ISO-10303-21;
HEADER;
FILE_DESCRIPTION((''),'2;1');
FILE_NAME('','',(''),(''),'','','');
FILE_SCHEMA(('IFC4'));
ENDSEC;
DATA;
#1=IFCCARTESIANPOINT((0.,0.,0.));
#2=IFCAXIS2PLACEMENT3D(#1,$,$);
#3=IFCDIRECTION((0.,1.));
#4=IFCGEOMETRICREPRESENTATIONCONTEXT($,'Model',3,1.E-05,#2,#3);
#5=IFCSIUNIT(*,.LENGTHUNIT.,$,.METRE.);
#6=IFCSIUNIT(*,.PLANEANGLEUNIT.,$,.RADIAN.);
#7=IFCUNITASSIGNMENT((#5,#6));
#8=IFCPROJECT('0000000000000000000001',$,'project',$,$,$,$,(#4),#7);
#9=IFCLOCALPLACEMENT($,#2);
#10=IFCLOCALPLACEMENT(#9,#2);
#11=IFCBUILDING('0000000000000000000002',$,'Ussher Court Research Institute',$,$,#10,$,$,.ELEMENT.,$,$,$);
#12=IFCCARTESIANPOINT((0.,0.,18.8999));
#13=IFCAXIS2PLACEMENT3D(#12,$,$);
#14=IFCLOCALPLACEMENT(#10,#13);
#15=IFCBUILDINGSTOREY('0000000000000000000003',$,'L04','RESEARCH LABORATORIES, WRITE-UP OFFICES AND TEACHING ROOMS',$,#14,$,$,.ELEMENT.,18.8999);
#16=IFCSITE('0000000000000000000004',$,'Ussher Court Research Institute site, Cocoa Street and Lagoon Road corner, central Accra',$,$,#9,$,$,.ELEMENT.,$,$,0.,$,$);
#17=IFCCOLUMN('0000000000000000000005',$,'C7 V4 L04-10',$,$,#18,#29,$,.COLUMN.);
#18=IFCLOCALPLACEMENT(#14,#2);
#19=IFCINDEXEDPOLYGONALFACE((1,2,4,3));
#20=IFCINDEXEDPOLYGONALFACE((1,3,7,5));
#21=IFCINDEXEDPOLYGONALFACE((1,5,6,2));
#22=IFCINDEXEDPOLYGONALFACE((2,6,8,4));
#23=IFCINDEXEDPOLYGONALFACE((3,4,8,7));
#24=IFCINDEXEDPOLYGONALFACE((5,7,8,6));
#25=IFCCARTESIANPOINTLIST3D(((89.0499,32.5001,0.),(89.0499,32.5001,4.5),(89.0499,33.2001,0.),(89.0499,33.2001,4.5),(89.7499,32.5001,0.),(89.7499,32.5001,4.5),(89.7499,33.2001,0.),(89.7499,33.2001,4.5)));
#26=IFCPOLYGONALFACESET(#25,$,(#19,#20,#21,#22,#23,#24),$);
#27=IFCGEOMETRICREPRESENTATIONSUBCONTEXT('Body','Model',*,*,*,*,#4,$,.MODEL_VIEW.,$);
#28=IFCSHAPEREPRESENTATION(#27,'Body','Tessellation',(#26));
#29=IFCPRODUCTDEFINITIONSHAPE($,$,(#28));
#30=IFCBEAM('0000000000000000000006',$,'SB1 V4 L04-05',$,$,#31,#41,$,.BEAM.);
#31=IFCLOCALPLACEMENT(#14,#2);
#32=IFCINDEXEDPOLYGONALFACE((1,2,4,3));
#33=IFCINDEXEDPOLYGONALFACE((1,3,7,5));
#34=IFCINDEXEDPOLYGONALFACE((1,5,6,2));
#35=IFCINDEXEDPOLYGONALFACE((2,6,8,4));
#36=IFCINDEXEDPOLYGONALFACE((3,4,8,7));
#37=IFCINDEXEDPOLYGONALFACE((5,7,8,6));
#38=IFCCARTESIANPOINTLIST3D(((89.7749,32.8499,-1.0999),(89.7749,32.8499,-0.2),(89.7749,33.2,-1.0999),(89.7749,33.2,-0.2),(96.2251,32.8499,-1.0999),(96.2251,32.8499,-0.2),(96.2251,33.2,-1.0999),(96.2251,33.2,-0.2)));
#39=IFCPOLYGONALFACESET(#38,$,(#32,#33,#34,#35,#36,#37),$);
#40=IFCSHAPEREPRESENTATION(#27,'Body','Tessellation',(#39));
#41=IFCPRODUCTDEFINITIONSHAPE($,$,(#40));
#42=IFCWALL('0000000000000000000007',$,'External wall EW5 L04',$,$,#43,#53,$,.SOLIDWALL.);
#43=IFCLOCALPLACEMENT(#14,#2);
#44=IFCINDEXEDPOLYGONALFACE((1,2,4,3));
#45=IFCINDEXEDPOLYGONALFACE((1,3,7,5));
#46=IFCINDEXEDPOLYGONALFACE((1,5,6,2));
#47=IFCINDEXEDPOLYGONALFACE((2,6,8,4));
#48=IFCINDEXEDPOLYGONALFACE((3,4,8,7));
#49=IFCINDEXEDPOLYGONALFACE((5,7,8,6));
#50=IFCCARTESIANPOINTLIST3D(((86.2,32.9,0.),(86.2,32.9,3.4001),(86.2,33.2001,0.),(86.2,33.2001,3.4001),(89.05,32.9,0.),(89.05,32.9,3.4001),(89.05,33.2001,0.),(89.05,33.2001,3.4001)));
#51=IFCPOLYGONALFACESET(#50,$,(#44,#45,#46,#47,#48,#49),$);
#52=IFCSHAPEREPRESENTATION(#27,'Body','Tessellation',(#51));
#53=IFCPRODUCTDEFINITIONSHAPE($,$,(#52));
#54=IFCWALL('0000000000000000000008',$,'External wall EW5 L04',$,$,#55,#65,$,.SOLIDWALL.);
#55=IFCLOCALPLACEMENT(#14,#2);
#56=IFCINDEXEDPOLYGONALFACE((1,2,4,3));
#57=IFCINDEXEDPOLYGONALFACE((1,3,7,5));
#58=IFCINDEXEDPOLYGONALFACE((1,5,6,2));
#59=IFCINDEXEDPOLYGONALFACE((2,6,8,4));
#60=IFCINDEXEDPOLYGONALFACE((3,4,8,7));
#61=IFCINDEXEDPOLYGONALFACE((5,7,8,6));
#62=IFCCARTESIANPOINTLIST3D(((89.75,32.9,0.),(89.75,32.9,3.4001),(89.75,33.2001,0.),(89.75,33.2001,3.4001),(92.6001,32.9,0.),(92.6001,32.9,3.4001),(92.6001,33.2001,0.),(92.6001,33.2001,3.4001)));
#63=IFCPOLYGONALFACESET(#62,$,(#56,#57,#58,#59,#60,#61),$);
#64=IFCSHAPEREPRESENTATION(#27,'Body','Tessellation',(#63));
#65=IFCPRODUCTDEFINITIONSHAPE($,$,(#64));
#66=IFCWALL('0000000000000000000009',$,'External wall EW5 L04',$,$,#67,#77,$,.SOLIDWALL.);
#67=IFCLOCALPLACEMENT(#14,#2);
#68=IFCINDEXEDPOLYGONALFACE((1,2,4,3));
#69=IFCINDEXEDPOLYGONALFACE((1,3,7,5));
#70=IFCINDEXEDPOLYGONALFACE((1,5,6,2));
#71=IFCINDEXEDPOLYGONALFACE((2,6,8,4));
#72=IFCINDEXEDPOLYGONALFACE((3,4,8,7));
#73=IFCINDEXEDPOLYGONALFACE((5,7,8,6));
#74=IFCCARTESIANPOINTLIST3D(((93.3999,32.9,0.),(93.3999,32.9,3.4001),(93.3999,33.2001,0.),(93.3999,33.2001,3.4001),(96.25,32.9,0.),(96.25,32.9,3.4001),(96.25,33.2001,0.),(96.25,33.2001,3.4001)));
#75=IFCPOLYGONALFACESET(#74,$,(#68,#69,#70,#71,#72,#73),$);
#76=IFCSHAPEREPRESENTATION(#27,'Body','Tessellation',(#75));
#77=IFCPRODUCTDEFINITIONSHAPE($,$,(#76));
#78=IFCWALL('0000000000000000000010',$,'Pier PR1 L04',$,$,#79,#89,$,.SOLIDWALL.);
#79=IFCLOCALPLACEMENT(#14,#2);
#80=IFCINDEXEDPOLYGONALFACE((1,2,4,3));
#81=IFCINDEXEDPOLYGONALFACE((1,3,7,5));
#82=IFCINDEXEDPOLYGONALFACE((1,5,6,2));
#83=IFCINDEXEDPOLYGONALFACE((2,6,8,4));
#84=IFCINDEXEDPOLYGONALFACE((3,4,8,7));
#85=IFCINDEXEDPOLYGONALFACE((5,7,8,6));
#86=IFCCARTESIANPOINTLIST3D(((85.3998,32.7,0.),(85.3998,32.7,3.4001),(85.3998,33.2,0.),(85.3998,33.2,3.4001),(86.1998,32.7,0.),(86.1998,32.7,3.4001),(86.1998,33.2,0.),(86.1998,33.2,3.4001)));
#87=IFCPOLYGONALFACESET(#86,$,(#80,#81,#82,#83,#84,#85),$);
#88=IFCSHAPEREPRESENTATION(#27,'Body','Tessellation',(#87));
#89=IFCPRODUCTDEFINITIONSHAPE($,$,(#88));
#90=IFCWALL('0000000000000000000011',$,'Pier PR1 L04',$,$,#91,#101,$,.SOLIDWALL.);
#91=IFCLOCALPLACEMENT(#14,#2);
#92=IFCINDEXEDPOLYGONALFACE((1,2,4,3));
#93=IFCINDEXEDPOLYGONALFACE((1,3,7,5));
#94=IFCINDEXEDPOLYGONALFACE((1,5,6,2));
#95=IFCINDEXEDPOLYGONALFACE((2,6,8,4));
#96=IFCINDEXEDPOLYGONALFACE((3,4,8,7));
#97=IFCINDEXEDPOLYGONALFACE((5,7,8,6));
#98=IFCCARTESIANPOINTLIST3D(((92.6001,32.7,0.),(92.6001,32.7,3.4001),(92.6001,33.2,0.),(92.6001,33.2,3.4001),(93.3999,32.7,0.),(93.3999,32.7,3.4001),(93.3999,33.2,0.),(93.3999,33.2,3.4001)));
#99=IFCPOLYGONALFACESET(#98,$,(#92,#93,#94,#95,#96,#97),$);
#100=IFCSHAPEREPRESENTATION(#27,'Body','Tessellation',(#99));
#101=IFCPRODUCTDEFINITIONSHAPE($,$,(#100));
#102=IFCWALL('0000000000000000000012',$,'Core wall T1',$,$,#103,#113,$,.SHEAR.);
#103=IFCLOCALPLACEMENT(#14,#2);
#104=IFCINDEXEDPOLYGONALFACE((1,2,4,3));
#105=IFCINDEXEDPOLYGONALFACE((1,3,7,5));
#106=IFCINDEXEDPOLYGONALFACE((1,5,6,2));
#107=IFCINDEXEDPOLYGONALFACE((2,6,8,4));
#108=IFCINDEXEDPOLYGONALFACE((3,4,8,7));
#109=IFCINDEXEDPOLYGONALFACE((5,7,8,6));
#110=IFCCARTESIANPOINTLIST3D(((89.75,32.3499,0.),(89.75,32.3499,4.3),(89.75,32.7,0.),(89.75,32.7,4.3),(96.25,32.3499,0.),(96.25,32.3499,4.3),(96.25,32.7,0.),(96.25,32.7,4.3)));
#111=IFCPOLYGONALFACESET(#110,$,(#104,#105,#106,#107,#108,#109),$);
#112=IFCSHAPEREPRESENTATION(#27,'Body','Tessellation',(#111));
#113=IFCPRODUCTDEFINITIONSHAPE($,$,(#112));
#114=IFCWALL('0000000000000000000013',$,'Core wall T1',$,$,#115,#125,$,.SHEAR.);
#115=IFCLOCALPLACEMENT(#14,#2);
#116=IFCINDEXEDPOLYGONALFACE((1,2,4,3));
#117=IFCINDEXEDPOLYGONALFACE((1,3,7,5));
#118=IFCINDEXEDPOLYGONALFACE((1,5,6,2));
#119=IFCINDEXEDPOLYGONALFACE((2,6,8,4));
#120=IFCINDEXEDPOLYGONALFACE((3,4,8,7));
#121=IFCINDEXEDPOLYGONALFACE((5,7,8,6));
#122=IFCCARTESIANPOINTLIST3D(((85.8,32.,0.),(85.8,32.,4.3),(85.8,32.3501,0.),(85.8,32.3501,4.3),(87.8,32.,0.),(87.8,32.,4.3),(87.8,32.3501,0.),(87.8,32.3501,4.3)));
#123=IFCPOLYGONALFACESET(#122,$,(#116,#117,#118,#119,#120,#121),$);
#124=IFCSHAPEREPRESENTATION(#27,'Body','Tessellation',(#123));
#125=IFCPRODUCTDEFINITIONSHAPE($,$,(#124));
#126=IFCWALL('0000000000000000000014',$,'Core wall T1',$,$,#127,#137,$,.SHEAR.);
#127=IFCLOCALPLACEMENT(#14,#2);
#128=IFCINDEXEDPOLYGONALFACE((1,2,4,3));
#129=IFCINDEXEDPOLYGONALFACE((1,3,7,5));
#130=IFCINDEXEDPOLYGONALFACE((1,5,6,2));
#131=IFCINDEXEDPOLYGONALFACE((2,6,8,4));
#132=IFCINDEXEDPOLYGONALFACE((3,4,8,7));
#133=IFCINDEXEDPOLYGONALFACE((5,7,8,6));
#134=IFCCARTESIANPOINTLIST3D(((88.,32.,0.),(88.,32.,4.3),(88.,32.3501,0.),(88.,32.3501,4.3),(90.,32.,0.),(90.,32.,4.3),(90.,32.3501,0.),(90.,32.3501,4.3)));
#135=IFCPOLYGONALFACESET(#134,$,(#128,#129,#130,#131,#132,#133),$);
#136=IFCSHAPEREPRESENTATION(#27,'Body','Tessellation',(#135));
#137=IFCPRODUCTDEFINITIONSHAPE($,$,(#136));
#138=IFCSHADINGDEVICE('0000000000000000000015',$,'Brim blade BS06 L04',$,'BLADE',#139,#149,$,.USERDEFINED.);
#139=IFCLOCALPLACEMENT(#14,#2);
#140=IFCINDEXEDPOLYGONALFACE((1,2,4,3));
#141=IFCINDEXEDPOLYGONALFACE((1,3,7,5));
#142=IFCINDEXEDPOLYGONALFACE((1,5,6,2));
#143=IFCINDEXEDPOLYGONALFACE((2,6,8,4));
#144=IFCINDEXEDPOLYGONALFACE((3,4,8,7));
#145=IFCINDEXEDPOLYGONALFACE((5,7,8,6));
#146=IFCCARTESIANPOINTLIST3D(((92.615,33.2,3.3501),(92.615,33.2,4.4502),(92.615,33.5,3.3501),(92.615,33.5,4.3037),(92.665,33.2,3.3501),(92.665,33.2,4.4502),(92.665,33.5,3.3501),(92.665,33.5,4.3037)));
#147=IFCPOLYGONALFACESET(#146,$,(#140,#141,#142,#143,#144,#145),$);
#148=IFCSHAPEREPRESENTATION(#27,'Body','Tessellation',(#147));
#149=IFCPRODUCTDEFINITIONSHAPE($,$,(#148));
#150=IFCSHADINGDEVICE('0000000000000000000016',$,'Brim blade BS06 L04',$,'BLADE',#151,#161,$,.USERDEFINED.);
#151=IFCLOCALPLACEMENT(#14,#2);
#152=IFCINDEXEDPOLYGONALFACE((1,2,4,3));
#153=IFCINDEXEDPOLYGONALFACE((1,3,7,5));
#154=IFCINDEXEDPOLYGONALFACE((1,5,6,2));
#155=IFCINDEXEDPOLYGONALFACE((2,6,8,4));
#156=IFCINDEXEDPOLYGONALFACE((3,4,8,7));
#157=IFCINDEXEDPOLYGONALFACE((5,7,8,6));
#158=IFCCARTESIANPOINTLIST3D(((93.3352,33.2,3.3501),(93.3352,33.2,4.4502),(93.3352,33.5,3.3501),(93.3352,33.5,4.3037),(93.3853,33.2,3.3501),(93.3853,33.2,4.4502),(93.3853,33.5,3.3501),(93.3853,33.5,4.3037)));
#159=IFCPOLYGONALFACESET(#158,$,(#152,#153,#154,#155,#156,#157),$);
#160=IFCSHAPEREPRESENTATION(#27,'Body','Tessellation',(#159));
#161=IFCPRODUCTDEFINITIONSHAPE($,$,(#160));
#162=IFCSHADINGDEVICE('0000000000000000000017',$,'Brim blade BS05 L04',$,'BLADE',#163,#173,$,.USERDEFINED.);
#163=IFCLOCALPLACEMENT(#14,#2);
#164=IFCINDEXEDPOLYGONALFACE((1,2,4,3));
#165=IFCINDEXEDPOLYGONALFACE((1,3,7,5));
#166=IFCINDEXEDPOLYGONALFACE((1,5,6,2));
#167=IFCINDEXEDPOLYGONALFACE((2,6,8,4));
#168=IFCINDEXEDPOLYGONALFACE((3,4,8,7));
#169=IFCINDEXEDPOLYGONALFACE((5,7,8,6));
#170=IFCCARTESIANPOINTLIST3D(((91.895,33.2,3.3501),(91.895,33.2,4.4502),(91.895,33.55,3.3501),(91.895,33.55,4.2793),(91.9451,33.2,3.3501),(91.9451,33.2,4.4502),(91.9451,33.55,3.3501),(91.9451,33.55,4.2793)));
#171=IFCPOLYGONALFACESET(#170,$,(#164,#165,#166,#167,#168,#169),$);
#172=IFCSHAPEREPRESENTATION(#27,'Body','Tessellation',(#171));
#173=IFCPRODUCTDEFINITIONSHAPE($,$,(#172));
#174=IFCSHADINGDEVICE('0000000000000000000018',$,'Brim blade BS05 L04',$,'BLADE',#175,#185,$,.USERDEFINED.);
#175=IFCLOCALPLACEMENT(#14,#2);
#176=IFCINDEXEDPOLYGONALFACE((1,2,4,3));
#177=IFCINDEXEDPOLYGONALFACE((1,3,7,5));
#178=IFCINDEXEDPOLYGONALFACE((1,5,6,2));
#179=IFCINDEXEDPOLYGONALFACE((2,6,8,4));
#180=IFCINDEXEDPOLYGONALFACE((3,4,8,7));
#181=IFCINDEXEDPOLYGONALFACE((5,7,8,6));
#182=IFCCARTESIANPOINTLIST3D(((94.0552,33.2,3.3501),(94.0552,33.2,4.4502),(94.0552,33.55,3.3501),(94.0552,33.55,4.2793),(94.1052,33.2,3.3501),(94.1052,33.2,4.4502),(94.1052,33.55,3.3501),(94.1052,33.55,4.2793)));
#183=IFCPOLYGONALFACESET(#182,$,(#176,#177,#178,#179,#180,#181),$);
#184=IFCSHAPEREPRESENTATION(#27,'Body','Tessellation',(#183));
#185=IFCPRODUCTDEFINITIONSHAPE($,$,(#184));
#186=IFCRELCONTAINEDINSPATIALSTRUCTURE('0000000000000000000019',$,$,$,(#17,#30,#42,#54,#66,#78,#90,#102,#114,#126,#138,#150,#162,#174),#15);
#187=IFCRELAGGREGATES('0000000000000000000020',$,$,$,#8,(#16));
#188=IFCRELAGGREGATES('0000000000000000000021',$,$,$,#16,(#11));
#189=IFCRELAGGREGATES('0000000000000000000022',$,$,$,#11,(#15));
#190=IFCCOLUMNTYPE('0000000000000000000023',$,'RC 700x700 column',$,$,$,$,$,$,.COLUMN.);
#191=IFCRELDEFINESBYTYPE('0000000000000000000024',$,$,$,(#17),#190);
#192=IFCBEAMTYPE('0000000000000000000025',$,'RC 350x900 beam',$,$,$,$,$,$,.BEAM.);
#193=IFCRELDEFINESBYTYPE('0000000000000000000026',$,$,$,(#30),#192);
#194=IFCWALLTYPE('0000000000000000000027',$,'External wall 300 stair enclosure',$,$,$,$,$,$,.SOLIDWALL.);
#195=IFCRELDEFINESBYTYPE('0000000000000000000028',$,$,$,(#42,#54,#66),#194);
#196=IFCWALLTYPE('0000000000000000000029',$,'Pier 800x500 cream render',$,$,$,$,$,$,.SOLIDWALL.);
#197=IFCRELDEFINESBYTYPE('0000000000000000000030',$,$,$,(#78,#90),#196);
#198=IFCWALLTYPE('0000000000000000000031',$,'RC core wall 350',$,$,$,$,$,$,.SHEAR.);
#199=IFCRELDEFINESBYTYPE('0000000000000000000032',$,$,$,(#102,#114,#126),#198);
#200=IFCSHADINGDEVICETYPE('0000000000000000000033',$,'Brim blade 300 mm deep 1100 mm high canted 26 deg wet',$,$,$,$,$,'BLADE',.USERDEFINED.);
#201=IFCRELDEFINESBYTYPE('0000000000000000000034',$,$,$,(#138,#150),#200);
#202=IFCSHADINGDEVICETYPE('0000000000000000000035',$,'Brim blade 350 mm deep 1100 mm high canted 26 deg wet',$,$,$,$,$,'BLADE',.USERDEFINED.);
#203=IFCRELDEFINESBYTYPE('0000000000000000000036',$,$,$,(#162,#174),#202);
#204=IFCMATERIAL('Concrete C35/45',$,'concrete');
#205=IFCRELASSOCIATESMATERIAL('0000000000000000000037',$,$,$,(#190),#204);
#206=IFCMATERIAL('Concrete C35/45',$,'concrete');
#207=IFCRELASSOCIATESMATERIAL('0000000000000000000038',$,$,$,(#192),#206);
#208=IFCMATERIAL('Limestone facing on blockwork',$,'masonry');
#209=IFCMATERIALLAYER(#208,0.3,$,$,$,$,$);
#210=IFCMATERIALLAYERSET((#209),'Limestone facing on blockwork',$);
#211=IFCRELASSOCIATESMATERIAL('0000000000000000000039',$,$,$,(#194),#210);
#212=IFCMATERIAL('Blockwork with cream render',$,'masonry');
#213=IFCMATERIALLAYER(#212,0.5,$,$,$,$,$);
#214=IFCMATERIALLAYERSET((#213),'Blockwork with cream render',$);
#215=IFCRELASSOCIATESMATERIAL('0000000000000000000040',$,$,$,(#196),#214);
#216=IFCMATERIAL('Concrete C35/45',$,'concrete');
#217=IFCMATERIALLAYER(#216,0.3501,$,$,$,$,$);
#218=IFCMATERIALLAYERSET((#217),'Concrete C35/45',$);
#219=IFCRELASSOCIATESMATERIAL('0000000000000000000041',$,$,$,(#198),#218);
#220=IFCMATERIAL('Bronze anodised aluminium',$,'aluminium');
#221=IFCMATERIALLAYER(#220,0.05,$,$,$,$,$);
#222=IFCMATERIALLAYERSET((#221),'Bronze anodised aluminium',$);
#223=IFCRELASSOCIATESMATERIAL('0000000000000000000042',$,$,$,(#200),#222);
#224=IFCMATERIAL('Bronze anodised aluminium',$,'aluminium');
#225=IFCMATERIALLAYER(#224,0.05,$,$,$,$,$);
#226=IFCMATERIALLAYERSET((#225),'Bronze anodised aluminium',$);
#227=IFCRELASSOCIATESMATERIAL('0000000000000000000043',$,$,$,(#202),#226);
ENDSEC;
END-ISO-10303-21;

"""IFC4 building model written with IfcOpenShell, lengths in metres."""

from ifc_helpers import new_model, si_unit, direction, frame, frame_2d, origin, origin_2d, place, context, subcontext, project, spatial, polyline, rectangle, outline, extrude, material, layer, layer_set, material_profile, profile_set, type_object, element, save


model = new_model("IFC4")

# Units and contexts
model_context = context("Model", 3, precision=1e-05, world=origin(), true_north=direction((0.0, 1.0)))
body_context = subcontext(model_context, "Body", "Model", "MODEL_VIEW")
ifc_project = project(units=[si_unit("LENGTHUNIT", "METRE"), si_unit("PLANEANGLEUNIT", "RADIAN")], contexts=[model_context])

# Site, building, storey
site_placement = place(None, origin())
site = spatial("IfcSite", under=ifc_project, at=site_placement, Name="Ussher Court Research Institute site, Cocoa Street and Lagoon Road corner, central Accra", CompositionType="ELEMENT", RefElevation=0.0)
building_placement = place(site_placement, origin())
building = spatial("IfcBuilding", under=site, at=building_placement, Name="Ussher Court Research Institute", CompositionType="ELEMENT")
storey_placement = place(building_placement, frame((0.0, 0.0, 18.8999)))
storey = spatial("IfcBuildingStorey", under=building, at=storey_placement, Name="L04", Description="RESEARCH LABORATORIES, WRITE-UP OFFICES AND TEACHING ROOMS", CompositionType="ELEMENT", Elevation=18.8999)

# Column
ifc_material_1 = material(Name="Concrete C35/45", Category="concrete")
ifc_material_profile_1 = material_profile(ifc_material_1, rectangle(XDim=0.7, YDim=0.7, at=origin_2d()), Name="RC 700x700")
ifc_profile_set_1 = profile_set([ifc_material_profile_1], Name="Concrete C35/45")
column_type = type_object("IfcColumnType", Name="RC 700x700 column", PredefinedType="COLUMN", material=ifc_profile_set_1)
column_placement = place(storey_placement, frame((89.3999, 32.8501, 0.0), z_axis=(0.0, 0.0, 1.0), x_axis=(1.0, 0.0, 0.0)))
element("IfcColumn", 1, at=column_placement, inside=storey, type_object=column_type, Name="C7 V4 L04-10", PredefinedType="COLUMN", context=body_context, shape_type="SweptSolid", body=[
    extrude(rectangle(XDim=0.7, YDim=0.7, at=origin_2d()), origin(), (0.0, 0.0, 1.0), 4.5),
])

# Beam
ifc_material_2 = material(Name="Concrete C35/45", Category="concrete")
ifc_material_profile_2 = material_profile(ifc_material_2, rectangle(XDim=0.3501, YDim=0.8999, at=origin_2d()), Name="RC 350x900")
ifc_profile_set_2 = profile_set([ifc_material_profile_2], Name="Concrete C35/45")
beam_type = type_object("IfcBeamType", Name="RC 350x900 beam", PredefinedType="BEAM", material=ifc_profile_set_2)
beam_placement = place(storey_placement, frame((89.7749, 33.0249, -0.6499), z_axis=(1.0, 0.0, 0.0), x_axis=(0.0, 1.0, 0.0)))
element("IfcBeam", 2, at=beam_placement, inside=storey, type_object=beam_type, Name="SB1 V4 L04-05", PredefinedType="BEAM", context=body_context, shape_type="SweptSolid", body=[
    extrude(rectangle(XDim=0.3501, YDim=0.8999, at=origin_2d()), origin(), (0.0, 0.0, 1.0), 6.4502),
])

# Walls
ifc_material_3 = material(Name="Limestone facing on blockwork", Category="masonry")
ifc_layer_1 = layer(ifc_material_3, 0.3)
ifc_layer_set_1 = layer_set([ifc_layer_1], Name="Limestone facing on blockwork")
wall_type_1 = type_object("IfcWallType", Name="External wall 300 stair enclosure", PredefinedType="SOLIDWALL", material=ifc_layer_set_1)
for number, where, z_axis, x_axis, name in (
    (3, (86.2, 33.05, 0.0), (0.0, 0.0, 1.0), (1.0, 0.0, 0.0), "External wall EW5 L04"),
    (4, (89.75, 33.05, 0.0), (0.0, 0.0, 1.0), (1.0, 0.0, 0.0), "External wall EW5 L04"),
    (5, (93.3999, 33.05, 0.0), (0.0, 0.0, 1.0), (1.0, 0.0, 0.0), "External wall EW5 L04"),
):
    element("IfcWall", number, at=place(storey_placement, frame(where, z_axis=z_axis, x_axis=x_axis)), inside=storey, type_object=wall_type_1, Name=name, PredefinedType="SOLIDWALL", context=body_context, shape_type="SweptSolid", body=[
        extrude(rectangle(XDim=2.8501, YDim=0.3, at=frame_2d((1.425, 0.0))), origin(), (0.0, 0.0, 1.0), 3.4001),
    ])
ifc_material_4 = material(Name="Blockwork with cream render", Category="masonry")
ifc_layer_2 = layer(ifc_material_4, 0.5)
ifc_layer_set_2 = layer_set([ifc_layer_2], Name="Blockwork with cream render")
wall_type_2 = type_object("IfcWallType", Name="Pier 800x500 cream render", PredefinedType="SOLIDWALL", material=ifc_layer_set_2)
wall_1_placement = place(storey_placement, frame((85.3999, 32.95, 0.0), z_axis=(0.0, 0.0, 1.0), x_axis=(1.0, 0.0, 0.0)))
element("IfcWall", 6, at=wall_1_placement, inside=storey, type_object=wall_type_2, Name="Pier PR1 L04", PredefinedType="SOLIDWALL", context=body_context, shape_type="SweptSolid", body=[
    extrude(rectangle(XDim=0.8, YDim=0.5, at=frame_2d((0.3999, 0.0))), origin(), (0.0, 0.0, 1.0), 3.4001),
])
wall_2_placement = place(storey_placement, frame((92.6001, 32.95, 0.0), z_axis=(0.0, 0.0, 1.0), x_axis=(1.0, 0.0, 0.0)))
element("IfcWall", 7, at=wall_2_placement, inside=storey, type_object=wall_type_2, Name="Pier PR1 L04", PredefinedType="SOLIDWALL", context=body_context, shape_type="SweptSolid", body=[
    extrude(rectangle(XDim=0.7998, YDim=0.5, at=frame_2d((0.3999, 0.0))), origin(), (0.0, 0.0, 1.0), 3.4001),
])
ifc_material_5 = material(Name="Concrete C35/45", Category="concrete")
ifc_layer_3 = layer(ifc_material_5, 0.3501)
ifc_layer_set_3 = layer_set([ifc_layer_3], Name="Concrete C35/45")
wall_type_3 = type_object("IfcWallType", Name="RC core wall 350", PredefinedType="SHEAR", material=ifc_layer_set_3)
wall_3_placement = place(storey_placement, frame((89.75, 32.5249, 0.0), z_axis=(0.0, 0.0, 1.0), x_axis=(1.0, 0.0, 0.0)))
element("IfcWall", 8, at=wall_3_placement, inside=storey, type_object=wall_type_3, Name="Core wall T1", PredefinedType="SHEAR", context=body_context, shape_type="SweptSolid", body=[
    extrude(rectangle(XDim=6.5, YDim=0.3501, at=frame_2d((3.25, 0.0))), origin(), (0.0, 0.0, 1.0), 4.3),
])
for number, where, z_axis, x_axis, name in (
    (9, (85.8, 32.175, 0.0), (0.0, 0.0, 1.0), (1.0, 0.0, 0.0), "Core wall T1"),
    (10, (88.0, 32.175, 0.0), (0.0, 0.0, 1.0), (1.0, 0.0, 0.0), "Core wall T1"),
):
    element("IfcWall", number, at=place(storey_placement, frame(where, z_axis=z_axis, x_axis=x_axis)), inside=storey, type_object=wall_type_3, Name=name, PredefinedType="SHEAR", context=body_context, shape_type="SweptSolid", body=[
        extrude(rectangle(XDim=2.0, YDim=0.3501, at=frame_2d((1.0, 0.0))), origin(), (0.0, 0.0, 1.0), 4.3),
    ])

# Shading devices
ifc_material_6 = material(Name="Bronze anodised aluminium", Category="aluminium")
ifc_layer_4 = layer(ifc_material_6, 0.05)
ifc_layer_set_4 = layer_set([ifc_layer_4], Name="Bronze anodised aluminium")
shading_device_type_1 = type_object("IfcShadingDeviceType", Name="Brim blade 300 mm deep 1100 mm high canted 26 deg wet", ElementType="BLADE", PredefinedType="USERDEFINED", material=ifc_layer_set_4)
for number, where, z_axis, x_axis, name in (
    (11, (92.6399, 33.2, 3.3501), (0.0, 0.0, 1.0), (0.0, 1.0, 0.0), "Brim blade BS06 L04"),
    (12, (93.3601, 33.2, 3.3501), (0.0, 0.0, 1.0), (0.0, 1.0, 0.0), "Brim blade BS06 L04"),
):
    element("IfcShadingDevice", number, at=place(storey_placement, frame(where, z_axis=z_axis, x_axis=x_axis)), inside=storey, type_object=shading_device_type_1, Name=name, ObjectType="BLADE", PredefinedType="USERDEFINED", context=body_context, shape_type="SweptSolid", body=[
        extrude(outline(polyline([(0.0, 0.0), (0.3, 0.0), (0.3, 0.9536), (0.0, 1.1001), (0.0, 0.0)])), frame((0.0, 0.0249, 0.0), z_axis=(0.0, -1.0, 0.0), x_axis=(1.0, 0.0, 0.0)), (0.0, 0.0, 1.0), 0.05),
    ])
ifc_material_7 = material(Name="Bronze anodised aluminium", Category="aluminium")
ifc_layer_5 = layer(ifc_material_7, 0.05)
ifc_layer_set_5 = layer_set([ifc_layer_5], Name="Bronze anodised aluminium")
shading_device_type_2 = type_object("IfcShadingDeviceType", Name="Brim blade 350 mm deep 1100 mm high canted 26 deg wet", ElementType="BLADE", PredefinedType="USERDEFINED", material=ifc_layer_set_5)
for number, where, z_axis, x_axis, name in (
    (13, (91.9199, 33.2, 3.3501), (0.0, 0.0, 1.0), (0.0, 1.0, 0.0), "Brim blade BS05 L04"),
    (14, (94.0801, 33.2, 3.3501), (0.0, 0.0, 1.0), (0.0, 1.0, 0.0), "Brim blade BS05 L04"),
):
    element("IfcShadingDevice", number, at=place(storey_placement, frame(where, z_axis=z_axis, x_axis=x_axis)), inside=storey, type_object=shading_device_type_2, Name=name, ObjectType="BLADE", PredefinedType="USERDEFINED", context=body_context, shape_type="SweptSolid", body=[
        extrude(outline(polyline([(0.0, 0.0), (0.3501, 0.0), (0.3501, 0.9292), (0.0, 1.1001), (0.0, 0.0)])), frame((0.0, 0.0249, 0.0), z_axis=(0.0, -1.0, 0.0), x_axis=(1.0, 0.0, 0.0)), (0.0, 0.0, 1.0), 0.05),
    ])

save(model, "model.ifc")
